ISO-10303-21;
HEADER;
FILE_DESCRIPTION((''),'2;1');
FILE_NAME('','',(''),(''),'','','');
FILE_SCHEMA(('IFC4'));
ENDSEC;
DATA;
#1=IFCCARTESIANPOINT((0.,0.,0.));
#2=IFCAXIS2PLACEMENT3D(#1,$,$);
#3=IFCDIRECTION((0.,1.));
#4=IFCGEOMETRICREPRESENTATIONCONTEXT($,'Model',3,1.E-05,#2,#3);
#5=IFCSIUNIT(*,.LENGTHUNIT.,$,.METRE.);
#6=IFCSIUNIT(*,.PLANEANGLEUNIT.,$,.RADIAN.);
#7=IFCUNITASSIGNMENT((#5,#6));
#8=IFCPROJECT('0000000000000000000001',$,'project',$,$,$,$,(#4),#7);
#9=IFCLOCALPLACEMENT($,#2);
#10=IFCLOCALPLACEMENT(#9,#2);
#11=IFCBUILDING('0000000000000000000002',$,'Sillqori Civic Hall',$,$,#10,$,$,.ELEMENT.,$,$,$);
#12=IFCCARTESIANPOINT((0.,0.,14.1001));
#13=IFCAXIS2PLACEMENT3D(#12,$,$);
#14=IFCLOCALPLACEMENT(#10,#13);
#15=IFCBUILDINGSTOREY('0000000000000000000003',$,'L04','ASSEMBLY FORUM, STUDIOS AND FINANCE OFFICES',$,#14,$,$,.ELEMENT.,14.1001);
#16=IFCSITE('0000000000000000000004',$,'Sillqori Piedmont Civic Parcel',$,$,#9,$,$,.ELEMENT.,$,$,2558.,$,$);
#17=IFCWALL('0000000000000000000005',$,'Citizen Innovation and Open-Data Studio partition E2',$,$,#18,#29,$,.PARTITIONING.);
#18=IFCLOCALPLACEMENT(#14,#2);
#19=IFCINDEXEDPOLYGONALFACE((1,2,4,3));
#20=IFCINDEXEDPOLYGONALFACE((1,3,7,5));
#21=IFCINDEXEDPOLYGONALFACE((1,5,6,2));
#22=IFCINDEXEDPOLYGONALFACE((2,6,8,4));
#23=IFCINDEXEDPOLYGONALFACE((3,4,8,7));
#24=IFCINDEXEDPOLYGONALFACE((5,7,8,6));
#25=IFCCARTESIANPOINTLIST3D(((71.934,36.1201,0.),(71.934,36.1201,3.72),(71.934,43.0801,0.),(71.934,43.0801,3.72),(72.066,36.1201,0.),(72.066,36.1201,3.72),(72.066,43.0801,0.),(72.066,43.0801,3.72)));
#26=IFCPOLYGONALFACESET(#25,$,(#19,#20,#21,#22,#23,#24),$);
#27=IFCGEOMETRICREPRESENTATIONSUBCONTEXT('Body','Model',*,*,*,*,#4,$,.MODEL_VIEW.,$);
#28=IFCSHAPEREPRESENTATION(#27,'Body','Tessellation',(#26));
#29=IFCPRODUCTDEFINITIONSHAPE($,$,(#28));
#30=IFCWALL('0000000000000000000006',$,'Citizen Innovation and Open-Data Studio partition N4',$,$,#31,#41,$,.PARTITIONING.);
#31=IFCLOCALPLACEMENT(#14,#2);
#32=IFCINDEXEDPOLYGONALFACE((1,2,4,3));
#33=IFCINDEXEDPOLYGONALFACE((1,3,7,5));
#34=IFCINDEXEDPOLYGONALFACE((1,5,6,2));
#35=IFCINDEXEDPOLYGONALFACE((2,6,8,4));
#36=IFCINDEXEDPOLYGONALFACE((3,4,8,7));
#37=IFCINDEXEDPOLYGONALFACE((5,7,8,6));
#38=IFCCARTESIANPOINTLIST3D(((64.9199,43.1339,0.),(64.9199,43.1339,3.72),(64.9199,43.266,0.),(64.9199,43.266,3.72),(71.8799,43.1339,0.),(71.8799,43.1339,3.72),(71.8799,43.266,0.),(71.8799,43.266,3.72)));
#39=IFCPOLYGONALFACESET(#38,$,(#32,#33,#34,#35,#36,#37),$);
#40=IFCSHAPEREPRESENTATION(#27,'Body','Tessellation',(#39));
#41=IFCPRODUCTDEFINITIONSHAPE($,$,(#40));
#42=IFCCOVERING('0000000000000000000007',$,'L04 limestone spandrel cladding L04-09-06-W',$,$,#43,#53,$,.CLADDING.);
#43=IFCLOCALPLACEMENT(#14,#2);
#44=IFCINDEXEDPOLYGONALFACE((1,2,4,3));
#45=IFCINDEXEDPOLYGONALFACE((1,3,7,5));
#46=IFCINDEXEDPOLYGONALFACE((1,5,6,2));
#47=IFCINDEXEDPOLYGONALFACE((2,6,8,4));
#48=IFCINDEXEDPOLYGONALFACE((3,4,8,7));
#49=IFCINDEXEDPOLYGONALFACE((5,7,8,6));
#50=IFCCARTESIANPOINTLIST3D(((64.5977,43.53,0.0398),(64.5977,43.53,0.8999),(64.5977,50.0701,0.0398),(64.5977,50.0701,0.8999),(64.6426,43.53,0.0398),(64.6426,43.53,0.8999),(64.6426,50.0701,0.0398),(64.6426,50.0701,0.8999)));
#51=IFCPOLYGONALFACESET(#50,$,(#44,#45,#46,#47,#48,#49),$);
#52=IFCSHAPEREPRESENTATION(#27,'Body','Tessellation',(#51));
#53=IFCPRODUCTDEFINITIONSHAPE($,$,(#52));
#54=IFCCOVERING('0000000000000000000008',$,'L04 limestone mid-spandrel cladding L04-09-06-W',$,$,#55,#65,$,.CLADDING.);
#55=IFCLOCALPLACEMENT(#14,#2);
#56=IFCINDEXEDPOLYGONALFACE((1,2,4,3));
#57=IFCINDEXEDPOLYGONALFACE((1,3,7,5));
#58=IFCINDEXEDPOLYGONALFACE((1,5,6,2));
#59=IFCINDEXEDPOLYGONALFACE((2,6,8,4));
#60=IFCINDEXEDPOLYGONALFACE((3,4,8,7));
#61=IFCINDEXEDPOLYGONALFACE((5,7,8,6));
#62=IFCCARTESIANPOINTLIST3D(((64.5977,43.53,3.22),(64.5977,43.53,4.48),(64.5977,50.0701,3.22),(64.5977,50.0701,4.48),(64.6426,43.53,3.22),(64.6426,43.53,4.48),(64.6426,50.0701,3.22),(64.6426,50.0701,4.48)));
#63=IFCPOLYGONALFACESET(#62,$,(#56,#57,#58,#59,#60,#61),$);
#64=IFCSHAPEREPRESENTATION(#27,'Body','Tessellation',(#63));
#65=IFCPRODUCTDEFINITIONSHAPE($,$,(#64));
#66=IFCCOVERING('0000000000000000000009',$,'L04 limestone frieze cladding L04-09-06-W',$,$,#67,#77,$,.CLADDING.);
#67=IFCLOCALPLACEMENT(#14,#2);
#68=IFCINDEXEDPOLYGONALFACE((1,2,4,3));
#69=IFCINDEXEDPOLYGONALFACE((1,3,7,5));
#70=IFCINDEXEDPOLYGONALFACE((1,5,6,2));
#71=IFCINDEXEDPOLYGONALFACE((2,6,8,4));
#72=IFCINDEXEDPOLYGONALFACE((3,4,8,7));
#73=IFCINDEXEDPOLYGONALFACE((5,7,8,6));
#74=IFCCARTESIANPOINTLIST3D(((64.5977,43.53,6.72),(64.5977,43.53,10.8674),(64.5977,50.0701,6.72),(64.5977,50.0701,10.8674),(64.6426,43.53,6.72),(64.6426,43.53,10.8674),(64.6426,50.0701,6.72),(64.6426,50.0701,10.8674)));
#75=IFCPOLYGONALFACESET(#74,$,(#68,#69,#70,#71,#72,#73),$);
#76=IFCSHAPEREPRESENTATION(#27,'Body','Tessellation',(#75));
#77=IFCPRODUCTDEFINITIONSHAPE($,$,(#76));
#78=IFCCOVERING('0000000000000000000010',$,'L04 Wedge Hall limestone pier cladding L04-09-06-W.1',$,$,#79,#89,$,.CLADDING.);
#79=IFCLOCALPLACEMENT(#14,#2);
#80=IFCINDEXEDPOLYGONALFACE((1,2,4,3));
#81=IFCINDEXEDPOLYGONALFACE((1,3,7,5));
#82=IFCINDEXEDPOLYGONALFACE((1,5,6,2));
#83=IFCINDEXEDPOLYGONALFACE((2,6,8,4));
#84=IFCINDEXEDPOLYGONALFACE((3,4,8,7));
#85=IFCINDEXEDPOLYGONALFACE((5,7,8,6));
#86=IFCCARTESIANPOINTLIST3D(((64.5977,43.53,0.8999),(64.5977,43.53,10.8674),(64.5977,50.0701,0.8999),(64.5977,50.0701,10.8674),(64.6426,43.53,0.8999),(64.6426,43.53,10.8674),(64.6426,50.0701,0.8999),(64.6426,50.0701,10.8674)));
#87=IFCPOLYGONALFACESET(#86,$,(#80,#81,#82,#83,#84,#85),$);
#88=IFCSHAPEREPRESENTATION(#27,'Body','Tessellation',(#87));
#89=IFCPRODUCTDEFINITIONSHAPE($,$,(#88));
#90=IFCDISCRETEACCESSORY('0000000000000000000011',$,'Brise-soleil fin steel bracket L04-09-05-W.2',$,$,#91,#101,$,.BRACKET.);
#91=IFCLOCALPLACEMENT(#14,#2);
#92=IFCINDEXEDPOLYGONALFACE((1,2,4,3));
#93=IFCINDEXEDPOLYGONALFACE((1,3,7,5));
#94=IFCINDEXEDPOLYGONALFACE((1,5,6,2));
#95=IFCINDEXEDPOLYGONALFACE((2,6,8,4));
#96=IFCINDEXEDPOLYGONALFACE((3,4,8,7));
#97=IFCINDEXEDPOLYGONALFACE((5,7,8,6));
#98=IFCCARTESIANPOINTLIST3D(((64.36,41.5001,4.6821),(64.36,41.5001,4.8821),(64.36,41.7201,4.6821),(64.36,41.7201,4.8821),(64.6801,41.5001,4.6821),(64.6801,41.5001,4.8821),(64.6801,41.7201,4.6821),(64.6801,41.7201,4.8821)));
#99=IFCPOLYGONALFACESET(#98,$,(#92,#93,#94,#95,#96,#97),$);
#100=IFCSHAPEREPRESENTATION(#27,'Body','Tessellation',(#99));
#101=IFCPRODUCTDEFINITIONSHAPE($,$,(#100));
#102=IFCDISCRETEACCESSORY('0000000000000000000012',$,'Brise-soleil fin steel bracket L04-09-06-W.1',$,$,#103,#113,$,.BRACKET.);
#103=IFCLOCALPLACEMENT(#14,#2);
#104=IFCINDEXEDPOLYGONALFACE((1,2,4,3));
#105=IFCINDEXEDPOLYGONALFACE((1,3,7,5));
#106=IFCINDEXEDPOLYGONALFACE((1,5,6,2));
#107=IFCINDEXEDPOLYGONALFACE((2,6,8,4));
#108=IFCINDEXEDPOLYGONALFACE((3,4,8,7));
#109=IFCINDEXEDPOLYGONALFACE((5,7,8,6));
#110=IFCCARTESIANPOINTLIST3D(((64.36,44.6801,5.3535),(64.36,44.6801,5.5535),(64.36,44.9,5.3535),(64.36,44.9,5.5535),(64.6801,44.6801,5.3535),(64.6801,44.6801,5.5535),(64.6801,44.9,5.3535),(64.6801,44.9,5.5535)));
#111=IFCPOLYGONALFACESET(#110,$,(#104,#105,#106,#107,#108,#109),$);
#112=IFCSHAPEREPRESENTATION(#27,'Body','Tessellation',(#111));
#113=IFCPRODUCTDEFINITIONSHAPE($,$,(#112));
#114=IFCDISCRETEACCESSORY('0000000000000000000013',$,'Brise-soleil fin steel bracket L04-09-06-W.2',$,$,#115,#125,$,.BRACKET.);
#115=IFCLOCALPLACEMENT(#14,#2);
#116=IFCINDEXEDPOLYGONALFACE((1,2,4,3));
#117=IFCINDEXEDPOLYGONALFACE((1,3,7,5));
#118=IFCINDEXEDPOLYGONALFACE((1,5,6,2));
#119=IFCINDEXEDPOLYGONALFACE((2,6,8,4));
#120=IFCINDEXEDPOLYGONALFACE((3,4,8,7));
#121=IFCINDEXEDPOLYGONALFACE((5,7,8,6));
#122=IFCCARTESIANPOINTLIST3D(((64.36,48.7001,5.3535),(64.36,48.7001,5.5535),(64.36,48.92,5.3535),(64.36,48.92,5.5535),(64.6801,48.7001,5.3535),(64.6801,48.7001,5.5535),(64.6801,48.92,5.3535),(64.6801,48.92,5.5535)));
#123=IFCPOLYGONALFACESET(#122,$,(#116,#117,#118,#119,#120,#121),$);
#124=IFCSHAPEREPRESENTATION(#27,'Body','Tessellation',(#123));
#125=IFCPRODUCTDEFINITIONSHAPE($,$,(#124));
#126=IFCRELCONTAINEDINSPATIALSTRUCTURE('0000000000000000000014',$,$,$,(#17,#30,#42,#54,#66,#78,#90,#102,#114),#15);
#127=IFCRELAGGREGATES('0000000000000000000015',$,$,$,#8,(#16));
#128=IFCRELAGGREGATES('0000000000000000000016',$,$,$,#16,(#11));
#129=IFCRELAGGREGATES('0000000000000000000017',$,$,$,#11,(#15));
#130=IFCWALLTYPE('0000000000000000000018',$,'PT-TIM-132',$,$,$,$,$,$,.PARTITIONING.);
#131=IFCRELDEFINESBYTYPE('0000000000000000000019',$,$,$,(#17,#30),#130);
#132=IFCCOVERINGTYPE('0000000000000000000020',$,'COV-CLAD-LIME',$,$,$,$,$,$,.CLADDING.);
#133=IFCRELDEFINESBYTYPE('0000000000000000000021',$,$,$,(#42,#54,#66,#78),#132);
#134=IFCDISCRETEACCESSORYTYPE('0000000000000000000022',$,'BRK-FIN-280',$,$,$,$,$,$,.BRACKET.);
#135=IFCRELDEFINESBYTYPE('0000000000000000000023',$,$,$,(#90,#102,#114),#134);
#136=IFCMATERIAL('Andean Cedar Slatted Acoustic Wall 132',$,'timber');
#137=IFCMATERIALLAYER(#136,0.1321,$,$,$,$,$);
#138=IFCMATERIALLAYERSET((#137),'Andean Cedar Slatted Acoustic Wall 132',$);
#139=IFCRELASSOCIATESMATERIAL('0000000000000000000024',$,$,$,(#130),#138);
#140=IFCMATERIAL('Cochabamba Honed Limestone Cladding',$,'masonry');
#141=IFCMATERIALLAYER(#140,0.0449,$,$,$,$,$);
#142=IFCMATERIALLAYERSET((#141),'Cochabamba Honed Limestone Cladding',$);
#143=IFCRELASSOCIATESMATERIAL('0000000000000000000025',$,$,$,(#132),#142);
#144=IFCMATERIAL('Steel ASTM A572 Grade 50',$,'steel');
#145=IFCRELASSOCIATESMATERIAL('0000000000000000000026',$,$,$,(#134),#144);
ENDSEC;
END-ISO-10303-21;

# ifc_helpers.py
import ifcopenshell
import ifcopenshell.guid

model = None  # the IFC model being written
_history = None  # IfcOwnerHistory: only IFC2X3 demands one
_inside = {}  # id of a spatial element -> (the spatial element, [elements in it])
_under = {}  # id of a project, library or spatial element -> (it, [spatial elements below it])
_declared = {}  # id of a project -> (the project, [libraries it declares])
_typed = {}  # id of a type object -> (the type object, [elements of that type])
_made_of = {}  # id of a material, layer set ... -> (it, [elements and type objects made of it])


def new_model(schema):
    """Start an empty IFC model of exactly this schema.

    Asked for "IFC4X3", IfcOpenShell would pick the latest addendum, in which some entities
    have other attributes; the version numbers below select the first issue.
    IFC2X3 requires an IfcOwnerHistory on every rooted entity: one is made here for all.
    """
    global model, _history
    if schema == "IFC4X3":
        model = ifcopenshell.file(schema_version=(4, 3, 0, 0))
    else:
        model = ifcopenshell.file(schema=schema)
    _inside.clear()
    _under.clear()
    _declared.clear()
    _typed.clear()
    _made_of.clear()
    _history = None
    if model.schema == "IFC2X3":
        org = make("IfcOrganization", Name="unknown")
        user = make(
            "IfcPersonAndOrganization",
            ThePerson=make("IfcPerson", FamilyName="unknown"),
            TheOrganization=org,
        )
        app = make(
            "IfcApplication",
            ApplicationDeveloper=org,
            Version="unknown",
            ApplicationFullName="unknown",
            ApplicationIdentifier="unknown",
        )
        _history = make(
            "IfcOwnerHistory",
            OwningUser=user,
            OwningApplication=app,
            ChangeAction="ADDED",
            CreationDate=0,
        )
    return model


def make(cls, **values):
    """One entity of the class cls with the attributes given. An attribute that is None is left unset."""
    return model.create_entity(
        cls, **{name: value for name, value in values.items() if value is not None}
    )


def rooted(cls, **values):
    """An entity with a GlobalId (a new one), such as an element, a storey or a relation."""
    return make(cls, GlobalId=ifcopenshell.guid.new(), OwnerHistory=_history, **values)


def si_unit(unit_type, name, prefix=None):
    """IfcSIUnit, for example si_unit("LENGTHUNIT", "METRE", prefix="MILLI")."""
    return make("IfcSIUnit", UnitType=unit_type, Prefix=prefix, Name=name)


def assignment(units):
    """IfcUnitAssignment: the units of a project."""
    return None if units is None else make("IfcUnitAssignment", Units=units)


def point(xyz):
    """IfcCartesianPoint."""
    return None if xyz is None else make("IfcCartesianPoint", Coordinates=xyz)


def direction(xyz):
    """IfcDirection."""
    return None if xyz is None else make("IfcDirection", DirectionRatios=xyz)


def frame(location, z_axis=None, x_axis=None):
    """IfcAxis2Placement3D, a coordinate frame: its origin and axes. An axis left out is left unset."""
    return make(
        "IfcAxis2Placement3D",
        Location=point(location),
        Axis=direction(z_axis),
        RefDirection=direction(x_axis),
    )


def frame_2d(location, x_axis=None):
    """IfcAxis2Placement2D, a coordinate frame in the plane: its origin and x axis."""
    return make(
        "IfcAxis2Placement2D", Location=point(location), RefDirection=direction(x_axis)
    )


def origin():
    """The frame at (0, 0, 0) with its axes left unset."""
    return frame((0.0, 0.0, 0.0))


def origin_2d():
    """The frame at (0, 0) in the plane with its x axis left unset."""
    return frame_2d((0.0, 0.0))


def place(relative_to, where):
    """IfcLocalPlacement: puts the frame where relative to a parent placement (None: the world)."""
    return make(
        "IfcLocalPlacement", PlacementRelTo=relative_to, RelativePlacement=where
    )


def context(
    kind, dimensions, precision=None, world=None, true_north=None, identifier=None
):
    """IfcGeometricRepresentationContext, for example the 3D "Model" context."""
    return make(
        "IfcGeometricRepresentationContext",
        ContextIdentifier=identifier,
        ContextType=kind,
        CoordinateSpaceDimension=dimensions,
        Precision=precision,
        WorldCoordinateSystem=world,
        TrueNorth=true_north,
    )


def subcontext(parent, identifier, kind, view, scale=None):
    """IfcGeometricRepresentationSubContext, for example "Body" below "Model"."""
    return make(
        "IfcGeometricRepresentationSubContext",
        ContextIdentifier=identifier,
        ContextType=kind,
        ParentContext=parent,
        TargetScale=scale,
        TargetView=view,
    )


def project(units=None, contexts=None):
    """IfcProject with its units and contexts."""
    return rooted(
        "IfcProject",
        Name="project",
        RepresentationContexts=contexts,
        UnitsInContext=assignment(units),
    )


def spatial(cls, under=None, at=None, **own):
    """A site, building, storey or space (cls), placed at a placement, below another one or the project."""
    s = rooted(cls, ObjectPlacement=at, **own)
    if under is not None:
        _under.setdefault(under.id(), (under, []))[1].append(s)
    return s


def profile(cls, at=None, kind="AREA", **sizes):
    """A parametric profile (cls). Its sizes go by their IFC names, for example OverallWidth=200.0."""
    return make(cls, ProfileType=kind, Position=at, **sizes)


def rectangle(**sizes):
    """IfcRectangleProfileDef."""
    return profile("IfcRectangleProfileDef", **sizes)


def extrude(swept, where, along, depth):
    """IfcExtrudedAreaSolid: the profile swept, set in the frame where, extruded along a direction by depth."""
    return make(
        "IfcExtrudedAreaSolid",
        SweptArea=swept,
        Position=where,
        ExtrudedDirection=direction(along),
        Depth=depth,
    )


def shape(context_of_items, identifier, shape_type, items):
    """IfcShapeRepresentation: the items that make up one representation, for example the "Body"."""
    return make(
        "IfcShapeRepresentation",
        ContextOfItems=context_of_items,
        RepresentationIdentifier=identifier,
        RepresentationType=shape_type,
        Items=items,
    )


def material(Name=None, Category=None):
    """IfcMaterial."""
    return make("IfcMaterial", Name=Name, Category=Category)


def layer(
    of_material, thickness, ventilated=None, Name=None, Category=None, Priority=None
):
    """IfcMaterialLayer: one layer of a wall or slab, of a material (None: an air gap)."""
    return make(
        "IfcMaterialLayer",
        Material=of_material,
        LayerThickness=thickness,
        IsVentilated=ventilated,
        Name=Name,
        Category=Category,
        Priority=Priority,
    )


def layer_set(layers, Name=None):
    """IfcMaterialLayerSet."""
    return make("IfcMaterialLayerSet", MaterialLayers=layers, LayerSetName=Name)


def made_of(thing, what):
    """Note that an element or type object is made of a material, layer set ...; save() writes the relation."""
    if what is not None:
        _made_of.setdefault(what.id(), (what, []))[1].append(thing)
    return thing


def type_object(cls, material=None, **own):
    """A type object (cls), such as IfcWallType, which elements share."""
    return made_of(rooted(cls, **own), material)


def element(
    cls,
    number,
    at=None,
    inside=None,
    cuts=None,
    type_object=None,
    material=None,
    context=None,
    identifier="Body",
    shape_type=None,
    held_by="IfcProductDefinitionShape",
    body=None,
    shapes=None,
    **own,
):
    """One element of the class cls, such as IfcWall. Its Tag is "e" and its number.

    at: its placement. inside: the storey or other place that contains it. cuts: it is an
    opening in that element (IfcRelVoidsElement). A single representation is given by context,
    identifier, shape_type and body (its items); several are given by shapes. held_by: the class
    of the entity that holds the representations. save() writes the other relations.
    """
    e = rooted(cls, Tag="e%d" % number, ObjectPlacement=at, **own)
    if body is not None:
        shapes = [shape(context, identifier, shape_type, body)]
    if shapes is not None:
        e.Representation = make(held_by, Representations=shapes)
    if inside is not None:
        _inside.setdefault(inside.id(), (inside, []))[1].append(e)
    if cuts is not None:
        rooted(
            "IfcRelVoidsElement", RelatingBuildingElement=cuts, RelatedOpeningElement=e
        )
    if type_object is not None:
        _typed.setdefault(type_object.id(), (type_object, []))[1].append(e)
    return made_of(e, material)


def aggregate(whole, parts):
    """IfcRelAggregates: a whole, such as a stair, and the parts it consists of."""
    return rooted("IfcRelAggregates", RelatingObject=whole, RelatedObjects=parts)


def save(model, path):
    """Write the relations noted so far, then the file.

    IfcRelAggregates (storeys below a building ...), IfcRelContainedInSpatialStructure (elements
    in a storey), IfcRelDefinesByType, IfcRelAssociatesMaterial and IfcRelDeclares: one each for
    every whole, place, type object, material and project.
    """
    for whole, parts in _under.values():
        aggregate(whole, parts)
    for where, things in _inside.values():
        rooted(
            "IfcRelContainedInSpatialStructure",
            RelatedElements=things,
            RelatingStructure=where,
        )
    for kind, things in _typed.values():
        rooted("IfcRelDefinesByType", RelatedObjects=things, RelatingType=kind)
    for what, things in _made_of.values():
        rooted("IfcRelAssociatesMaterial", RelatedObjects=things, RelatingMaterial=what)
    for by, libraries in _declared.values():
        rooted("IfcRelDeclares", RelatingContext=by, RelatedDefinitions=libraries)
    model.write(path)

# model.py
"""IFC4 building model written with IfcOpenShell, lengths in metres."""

from ifc_helpers import new_model, si_unit, direction, frame, frame_2d, origin, origin_2d, place, context, subcontext, project, spatial, rectangle, extrude, material, layer, layer_set, type_object, element, save


model = new_model("IFC4")

# Units and contexts
model_context = context("Model", 3, precision=1e-05, world=origin(), true_north=direction((0.0, 1.0)))
body_context = subcontext(model_context, "Body", "Model", "MODEL_VIEW")
ifc_project = project(units=[si_unit("LENGTHUNIT", "METRE"), si_unit("PLANEANGLEUNIT", "RADIAN")], contexts=[model_context])

# Site, building, storey
site_placement = place(None, origin())
site = spatial("IfcSite", under=ifc_project, at=site_placement, Name="Sillqori Piedmont Civic Parcel", CompositionType="ELEMENT", RefElevation=2558.0)
building_placement = place(site_placement, origin())
building = spatial("IfcBuilding", under=site, at=building_placement, Name="Sillqori Civic Hall", CompositionType="ELEMENT")
storey_placement = place(building_placement, frame((0.0, 0.0, 14.1001)))
storey = spatial("IfcBuildingStorey", under=building, at=storey_placement, Name="L04", Description="ASSEMBLY FORUM, STUDIOS AND FINANCE OFFICES", CompositionType="ELEMENT", Elevation=14.1001)

# Walls
ifc_material_1 = material(Name="Andean Cedar Slatted Acoustic Wall 132", Category="timber")
ifc_layer_1 = layer(ifc_material_1, 0.1321)
ifc_layer_set_1 = layer_set([ifc_layer_1], Name="Andean Cedar Slatted Acoustic Wall 132")
wall_type_1 = type_object("IfcWallType", Name="PT-TIM-132", PredefinedType="PARTITIONING", material=ifc_layer_set_1)
for number, where, z_axis, x_axis, name in (
    (1, (72.0, 43.0801, 0.0), (0.0, 0.0, 1.0), (0.0, -1.0, 0.0), "Citizen Innovation and Open-Data Studio partition E2"),
    (2, (64.9199, 43.2, 0.0), (0.0, 0.0, 1.0), (1.0, 0.0, 0.0), "Citizen Innovation and Open-Data Studio partition N4"),
):
    element("IfcWall", number, at=place(storey_placement, frame(where, z_axis=z_axis, x_axis=x_axis)), inside=storey, type_object=wall_type_1, Name=name, PredefinedType="PARTITIONING", context=body_context, shape_type="SweptSolid", body=[
        extrude(rectangle(XDim=6.96, YDim=0.1321, at=frame_2d((3.48, 0.0))), origin(), (0.0, 0.0, 1.0), 3.72),
    ])

# Coverings
ifc_material_2 = material(Name="Cochabamba Honed Limestone Cladding", Category="masonry")
ifc_layer_2 = layer(ifc_material_2, 0.0449)
ifc_layer_set_2 = layer_set([ifc_layer_2], Name="Cochabamba Honed Limestone Cladding")
covering_type = type_object("IfcCoveringType", Name="COV-CLAD-LIME", PredefinedType="CLADDING", material=ifc_layer_set_2)
covering_1_placement = place(storey_placement, frame((64.6201, 43.53, 0.0398), z_axis=(0.0, 0.0, 1.0), x_axis=(0.0, 1.0, 0.0)))
element("IfcCovering", 3, at=covering_1_placement, inside=storey, type_object=covering_type, Name="L04 limestone spandrel cladding L04-09-06-W", PredefinedType="CLADDING", context=body_context, shape_type="SweptSolid", body=[
    extrude(rectangle(XDim=6.54, YDim=0.0449, at=frame_2d((3.27, 0.0))), origin(), (0.0, 0.0, 1.0), 0.8601),
])
covering_2_placement = place(storey_placement, frame((64.6201, 43.53, 3.22), z_axis=(0.0, 0.0, 1.0), x_axis=(0.0, 1.0, 0.0)))
element("IfcCovering", 4, at=covering_2_placement, inside=storey, type_object=covering_type, Name="L04 limestone mid-spandrel cladding L04-09-06-W", PredefinedType="CLADDING", context=body_context, shape_type="SweptSolid", body=[
    extrude(rectangle(XDim=6.54, YDim=0.0449, at=frame_2d((3.27, 0.0))), origin(), (0.0, 0.0, 1.0), 1.26),
])
covering_3_placement = place(storey_placement, frame((64.6201, 43.53, 6.72), z_axis=(0.0, 0.0, 1.0), x_axis=(0.0, 1.0, 0.0)))
element("IfcCovering", 5, at=covering_3_placement, inside=storey, type_object=covering_type, Name="L04 limestone frieze cladding L04-09-06-W", PredefinedType="CLADDING", context=body_context, shape_type="SweptSolid", body=[
    extrude(rectangle(XDim=6.54, YDim=0.0449, at=frame_2d((3.27, 0.0))), origin(), (0.0, 0.0, 1.0), 4.1475),
])
covering_4_placement = place(storey_placement, frame((64.6201, 43.53, 0.8999), z_axis=(0.0, 0.0, 1.0), x_axis=(0.0, 1.0, 0.0)))
element("IfcCovering", 6, at=covering_4_placement, inside=storey, type_object=covering_type, Name="L04 Wedge Hall limestone pier cladding L04-09-06-W.1", PredefinedType="CLADDING", context=body_context, shape_type="SweptSolid", body=[
    extrude(rectangle(XDim=6.54, YDim=0.0449, at=frame_2d((3.27, 0.0))), origin(), (0.0, 0.0, 1.0), 9.9675),
])

# Discrete accessories
ifc_material_3 = material(Name="Steel ASTM A572 Grade 50", Category="steel")
discrete_accessory_type = type_object("IfcDiscreteAccessoryType", Name="BRK-FIN-280", PredefinedType="BRACKET", material=ifc_material_3)
for number, where, z_axis, x_axis, name in (
    (7, (64.52, 41.6101, 4.6821), (0.0, 0.0, 1.0), (0.0, 1.0, 0.0), "Brise-soleil fin steel bracket L04-09-05-W.2"),
    (8, (64.52, 44.79, 5.3535), (0.0, 0.0, 1.0), (0.0, 1.0, 0.0), "Brise-soleil fin steel bracket L04-09-06-W.1"),
    (9, (64.52, 48.8101, 5.3535), (0.0, 0.0, 1.0), (0.0, 1.0, 0.0), "Brise-soleil fin steel bracket L04-09-06-W.2"),
):
    element("IfcDiscreteAccessory", number, at=place(storey_placement, frame(where, z_axis=z_axis, x_axis=x_axis)), inside=storey, type_object=discrete_accessory_type, Name=name, PredefinedType="BRACKET", context=body_context, shape_type="SweptSolid", body=[
        extrude(rectangle(XDim=0.22, YDim=0.3201, at=origin_2d()), origin(), (0.0, 0.0, 1.0), 0.2),
    ])

save(model, "model.ifc")
